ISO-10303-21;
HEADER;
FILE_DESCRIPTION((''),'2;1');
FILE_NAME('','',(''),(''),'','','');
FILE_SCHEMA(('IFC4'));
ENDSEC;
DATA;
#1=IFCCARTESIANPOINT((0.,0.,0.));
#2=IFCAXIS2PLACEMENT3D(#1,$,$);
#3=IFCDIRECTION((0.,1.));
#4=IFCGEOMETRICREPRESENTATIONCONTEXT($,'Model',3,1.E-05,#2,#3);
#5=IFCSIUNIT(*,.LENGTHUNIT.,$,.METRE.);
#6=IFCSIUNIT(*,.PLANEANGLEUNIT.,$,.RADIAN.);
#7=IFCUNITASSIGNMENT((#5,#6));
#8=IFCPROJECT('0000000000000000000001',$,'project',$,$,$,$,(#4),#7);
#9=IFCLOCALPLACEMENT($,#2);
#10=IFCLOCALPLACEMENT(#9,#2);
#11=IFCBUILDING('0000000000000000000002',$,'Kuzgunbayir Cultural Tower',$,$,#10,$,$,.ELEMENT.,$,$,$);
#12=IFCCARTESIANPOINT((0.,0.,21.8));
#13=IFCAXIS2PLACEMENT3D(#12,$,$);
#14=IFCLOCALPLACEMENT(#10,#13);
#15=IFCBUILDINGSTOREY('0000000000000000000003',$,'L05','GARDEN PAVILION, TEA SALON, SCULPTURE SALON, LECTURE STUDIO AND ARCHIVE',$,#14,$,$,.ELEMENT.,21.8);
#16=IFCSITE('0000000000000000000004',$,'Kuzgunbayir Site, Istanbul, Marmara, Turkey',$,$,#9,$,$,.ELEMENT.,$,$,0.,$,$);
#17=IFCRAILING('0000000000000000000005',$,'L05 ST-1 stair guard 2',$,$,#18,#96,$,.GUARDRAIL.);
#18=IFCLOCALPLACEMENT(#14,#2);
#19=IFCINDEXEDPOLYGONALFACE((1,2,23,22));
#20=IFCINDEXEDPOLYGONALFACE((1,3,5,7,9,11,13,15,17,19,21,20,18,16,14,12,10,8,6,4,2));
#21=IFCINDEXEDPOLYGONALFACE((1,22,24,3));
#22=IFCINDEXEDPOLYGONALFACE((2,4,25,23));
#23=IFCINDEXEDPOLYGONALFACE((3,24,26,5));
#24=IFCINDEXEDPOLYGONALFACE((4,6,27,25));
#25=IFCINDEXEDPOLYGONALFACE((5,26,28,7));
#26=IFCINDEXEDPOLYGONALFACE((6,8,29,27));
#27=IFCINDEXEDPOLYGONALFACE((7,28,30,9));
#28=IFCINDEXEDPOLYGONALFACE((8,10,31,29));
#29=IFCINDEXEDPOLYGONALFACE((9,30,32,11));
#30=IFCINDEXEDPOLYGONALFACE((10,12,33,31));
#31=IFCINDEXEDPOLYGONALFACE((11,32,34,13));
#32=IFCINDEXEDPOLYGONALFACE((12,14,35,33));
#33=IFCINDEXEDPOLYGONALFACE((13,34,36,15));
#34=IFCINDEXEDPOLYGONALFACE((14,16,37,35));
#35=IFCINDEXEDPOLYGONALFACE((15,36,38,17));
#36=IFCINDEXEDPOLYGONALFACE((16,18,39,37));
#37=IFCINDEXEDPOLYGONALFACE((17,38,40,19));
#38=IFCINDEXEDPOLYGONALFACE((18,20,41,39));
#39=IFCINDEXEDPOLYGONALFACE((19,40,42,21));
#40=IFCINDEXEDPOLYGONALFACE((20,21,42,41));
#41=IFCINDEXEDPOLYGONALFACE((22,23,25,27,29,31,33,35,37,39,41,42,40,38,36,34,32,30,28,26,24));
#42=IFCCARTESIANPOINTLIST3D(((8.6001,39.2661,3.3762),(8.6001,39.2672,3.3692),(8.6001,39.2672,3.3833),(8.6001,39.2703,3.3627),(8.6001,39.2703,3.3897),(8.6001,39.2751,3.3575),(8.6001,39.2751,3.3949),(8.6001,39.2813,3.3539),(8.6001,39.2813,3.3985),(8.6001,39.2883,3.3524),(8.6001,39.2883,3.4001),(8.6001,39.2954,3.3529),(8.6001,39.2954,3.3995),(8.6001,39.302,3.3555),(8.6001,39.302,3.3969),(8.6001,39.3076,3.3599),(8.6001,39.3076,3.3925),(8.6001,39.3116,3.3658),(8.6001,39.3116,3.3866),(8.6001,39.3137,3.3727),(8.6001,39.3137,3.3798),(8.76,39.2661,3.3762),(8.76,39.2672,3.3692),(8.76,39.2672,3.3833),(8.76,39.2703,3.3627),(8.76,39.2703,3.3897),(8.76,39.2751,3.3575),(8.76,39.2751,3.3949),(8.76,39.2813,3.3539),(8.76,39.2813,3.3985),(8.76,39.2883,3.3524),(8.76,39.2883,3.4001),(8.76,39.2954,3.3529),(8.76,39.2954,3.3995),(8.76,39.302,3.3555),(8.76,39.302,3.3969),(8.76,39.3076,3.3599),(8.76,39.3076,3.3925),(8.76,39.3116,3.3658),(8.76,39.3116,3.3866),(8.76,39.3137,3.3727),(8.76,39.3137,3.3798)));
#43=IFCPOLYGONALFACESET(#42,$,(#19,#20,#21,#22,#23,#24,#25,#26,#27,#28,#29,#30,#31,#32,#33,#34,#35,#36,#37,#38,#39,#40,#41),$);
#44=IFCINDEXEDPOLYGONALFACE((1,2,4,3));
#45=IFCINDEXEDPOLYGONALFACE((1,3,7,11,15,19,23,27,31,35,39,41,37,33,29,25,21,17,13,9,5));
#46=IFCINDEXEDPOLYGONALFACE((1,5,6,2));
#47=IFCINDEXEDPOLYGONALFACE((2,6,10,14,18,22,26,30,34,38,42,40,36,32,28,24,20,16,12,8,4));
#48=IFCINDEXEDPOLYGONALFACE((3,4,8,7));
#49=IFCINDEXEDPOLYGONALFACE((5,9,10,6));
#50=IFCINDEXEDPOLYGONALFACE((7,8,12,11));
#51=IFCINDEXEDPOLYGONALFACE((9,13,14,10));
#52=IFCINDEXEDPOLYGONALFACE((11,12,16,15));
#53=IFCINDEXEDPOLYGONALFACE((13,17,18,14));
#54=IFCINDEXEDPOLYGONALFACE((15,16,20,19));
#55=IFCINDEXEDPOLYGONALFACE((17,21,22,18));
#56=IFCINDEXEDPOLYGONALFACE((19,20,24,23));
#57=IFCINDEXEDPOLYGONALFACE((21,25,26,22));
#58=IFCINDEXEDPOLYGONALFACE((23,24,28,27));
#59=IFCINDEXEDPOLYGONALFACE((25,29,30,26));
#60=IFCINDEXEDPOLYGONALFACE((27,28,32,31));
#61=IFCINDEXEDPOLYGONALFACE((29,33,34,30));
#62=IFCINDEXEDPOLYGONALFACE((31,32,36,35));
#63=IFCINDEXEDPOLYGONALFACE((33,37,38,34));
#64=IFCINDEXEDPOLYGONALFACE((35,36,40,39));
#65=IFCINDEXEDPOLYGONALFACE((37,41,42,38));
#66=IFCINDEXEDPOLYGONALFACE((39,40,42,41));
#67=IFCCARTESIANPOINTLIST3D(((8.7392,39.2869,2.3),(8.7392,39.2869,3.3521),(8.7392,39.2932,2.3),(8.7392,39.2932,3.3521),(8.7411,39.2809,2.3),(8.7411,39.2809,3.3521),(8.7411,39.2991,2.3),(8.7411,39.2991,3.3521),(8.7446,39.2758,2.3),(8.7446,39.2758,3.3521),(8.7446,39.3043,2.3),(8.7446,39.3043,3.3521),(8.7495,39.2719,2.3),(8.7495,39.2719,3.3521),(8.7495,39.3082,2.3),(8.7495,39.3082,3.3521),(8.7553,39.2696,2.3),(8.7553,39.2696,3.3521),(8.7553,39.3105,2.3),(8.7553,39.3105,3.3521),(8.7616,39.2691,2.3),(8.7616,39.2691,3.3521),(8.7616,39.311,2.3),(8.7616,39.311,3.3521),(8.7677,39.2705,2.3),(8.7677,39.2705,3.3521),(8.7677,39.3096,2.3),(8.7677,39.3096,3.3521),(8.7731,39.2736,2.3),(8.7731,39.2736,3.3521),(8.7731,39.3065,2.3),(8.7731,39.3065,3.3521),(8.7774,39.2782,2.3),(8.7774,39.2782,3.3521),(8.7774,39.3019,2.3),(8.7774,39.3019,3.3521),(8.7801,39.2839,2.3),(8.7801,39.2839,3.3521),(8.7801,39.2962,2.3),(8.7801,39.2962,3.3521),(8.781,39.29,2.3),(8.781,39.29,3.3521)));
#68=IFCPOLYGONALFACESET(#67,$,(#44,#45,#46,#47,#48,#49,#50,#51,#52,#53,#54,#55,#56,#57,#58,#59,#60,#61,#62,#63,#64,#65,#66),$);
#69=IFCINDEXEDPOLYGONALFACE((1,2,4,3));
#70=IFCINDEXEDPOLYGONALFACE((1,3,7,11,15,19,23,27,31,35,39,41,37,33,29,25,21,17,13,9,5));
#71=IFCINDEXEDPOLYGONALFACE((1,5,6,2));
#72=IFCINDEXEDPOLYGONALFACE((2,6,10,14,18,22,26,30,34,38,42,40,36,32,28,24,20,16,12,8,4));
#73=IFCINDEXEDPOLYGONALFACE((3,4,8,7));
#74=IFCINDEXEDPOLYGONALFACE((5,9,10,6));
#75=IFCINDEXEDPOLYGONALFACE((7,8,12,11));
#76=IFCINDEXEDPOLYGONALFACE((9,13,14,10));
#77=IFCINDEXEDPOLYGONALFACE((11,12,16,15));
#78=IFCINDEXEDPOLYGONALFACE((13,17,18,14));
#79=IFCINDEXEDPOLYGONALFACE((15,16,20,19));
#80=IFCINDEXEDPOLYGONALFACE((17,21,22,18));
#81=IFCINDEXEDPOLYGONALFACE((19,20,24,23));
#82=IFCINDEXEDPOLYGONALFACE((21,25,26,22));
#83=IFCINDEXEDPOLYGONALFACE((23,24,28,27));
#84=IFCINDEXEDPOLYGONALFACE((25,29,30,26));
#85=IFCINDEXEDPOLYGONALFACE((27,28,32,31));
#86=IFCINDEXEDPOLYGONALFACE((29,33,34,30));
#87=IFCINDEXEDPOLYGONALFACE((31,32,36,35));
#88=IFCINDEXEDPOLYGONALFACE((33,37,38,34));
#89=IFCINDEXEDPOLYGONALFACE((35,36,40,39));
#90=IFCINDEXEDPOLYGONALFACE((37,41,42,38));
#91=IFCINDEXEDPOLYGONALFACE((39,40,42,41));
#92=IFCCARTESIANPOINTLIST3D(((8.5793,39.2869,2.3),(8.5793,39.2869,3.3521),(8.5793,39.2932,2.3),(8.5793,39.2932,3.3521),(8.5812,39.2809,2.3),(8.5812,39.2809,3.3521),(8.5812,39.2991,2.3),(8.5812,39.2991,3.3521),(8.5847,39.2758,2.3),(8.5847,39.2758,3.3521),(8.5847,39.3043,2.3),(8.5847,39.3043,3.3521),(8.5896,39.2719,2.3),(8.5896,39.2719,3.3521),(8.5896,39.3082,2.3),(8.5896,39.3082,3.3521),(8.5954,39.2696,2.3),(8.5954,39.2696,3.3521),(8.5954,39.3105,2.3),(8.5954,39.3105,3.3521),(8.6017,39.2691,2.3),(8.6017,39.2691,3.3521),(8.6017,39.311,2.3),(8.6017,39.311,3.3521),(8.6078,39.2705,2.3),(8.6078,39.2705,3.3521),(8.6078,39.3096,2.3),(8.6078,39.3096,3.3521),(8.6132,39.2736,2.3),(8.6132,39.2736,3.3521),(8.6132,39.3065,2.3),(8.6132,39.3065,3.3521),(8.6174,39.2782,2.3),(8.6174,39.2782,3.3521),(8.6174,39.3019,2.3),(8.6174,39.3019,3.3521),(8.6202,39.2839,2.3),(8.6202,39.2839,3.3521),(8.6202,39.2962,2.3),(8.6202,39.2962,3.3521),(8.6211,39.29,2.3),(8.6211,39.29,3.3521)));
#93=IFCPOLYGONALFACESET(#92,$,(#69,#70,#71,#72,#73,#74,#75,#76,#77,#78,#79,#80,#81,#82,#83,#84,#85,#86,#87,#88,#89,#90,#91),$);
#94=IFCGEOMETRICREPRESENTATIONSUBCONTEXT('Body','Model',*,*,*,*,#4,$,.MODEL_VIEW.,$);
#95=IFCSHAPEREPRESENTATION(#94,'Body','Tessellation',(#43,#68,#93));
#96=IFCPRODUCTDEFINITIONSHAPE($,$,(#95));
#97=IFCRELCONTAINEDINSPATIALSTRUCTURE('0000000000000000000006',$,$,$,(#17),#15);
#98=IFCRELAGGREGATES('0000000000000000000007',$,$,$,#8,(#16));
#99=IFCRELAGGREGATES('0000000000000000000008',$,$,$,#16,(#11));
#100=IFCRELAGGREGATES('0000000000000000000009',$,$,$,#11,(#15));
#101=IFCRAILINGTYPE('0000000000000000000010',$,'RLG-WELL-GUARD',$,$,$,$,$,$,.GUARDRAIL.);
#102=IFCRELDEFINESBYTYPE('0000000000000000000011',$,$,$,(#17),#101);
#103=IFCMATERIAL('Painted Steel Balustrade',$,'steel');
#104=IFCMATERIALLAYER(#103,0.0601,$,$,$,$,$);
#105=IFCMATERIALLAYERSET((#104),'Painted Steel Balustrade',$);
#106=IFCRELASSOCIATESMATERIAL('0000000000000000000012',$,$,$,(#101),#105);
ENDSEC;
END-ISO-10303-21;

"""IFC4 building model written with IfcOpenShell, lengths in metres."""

from ifc_helpers import new_model, si_unit, direction, frame, origin, origin_2d, place, context, subcontext, project, spatial, circle, extrude, material, layer, layer_set, type_object, element, save


model = new_model("IFC4")

# Units and contexts
model_context = context("Model", 3, precision=1e-05, world=origin(), true_north=direction((0.0, 1.0)))
body_context = subcontext(model_context, "Body", "Model", "MODEL_VIEW")
ifc_project = project(units=[si_unit("LENGTHUNIT", "METRE"), si_unit("PLANEANGLEUNIT", "RADIAN")], contexts=[model_context])

# Site, building, storey
site_placement = place(None, origin())
site = spatial("IfcSite", under=ifc_project, at=site_placement, Name="Kuzgunbayir Site, Istanbul, Marmara, Turkey", CompositionType="ELEMENT", RefElevation=0.0)
building_placement = place(site_placement, origin())
building = spatial("IfcBuilding", under=site, at=building_placement, Name="Kuzgunbayir Cultural Tower", CompositionType="ELEMENT")
storey_placement = place(building_placement, frame((0.0, 0.0, 21.8)))
storey = spatial("IfcBuildingStorey", under=building, at=storey_placement, Name="L05", Description="GARDEN PAVILION, TEA SALON, SCULPTURE SALON, LECTURE STUDIO AND ARCHIVE", CompositionType="ELEMENT", Elevation=21.8)

# Railing
ifc_material_1 = material(Name="Painted Steel Balustrade", Category="steel")
ifc_layer_1 = layer(ifc_material_1, 0.0601)
ifc_layer_set_1 = layer_set([ifc_layer_1], Name="Painted Steel Balustrade")
railing_type_1 = type_object("IfcRailingType", Name="RLG-WELL-GUARD", PredefinedType="GUARDRAIL", material=ifc_layer_set_1)
railing_1_placement = place(storey_placement, frame((8.76, 39.29, 2.3)))
element("IfcRailing", 1, at=railing_1_placement, inside=storey, type_object=railing_type_1, Name="L05 ST-1 stair guard 2", PredefinedType="GUARDRAIL", context=body_context, shape_type="SweptSolid", body=[
    extrude(circle(Radius=0.0239, at=origin_2d()), frame((0.0, 0.0, 1.0762), z_axis=(-1.0, 0.0, 0.0), x_axis=(0.0, -1.0, 0.0)), (0.0, 0.0, 1.0), 0.1599),
    extrude(circle(Radius=0.021, at=origin_2d()), origin(), (0.0, 0.0, 1.0), 1.052),
    extrude(circle(Radius=0.021, at=origin_2d()), frame((-0.1599, 0.0, 0.0)), (0.0, 0.0, 1.0), 1.052),
])

save(model, "model.ifc")
